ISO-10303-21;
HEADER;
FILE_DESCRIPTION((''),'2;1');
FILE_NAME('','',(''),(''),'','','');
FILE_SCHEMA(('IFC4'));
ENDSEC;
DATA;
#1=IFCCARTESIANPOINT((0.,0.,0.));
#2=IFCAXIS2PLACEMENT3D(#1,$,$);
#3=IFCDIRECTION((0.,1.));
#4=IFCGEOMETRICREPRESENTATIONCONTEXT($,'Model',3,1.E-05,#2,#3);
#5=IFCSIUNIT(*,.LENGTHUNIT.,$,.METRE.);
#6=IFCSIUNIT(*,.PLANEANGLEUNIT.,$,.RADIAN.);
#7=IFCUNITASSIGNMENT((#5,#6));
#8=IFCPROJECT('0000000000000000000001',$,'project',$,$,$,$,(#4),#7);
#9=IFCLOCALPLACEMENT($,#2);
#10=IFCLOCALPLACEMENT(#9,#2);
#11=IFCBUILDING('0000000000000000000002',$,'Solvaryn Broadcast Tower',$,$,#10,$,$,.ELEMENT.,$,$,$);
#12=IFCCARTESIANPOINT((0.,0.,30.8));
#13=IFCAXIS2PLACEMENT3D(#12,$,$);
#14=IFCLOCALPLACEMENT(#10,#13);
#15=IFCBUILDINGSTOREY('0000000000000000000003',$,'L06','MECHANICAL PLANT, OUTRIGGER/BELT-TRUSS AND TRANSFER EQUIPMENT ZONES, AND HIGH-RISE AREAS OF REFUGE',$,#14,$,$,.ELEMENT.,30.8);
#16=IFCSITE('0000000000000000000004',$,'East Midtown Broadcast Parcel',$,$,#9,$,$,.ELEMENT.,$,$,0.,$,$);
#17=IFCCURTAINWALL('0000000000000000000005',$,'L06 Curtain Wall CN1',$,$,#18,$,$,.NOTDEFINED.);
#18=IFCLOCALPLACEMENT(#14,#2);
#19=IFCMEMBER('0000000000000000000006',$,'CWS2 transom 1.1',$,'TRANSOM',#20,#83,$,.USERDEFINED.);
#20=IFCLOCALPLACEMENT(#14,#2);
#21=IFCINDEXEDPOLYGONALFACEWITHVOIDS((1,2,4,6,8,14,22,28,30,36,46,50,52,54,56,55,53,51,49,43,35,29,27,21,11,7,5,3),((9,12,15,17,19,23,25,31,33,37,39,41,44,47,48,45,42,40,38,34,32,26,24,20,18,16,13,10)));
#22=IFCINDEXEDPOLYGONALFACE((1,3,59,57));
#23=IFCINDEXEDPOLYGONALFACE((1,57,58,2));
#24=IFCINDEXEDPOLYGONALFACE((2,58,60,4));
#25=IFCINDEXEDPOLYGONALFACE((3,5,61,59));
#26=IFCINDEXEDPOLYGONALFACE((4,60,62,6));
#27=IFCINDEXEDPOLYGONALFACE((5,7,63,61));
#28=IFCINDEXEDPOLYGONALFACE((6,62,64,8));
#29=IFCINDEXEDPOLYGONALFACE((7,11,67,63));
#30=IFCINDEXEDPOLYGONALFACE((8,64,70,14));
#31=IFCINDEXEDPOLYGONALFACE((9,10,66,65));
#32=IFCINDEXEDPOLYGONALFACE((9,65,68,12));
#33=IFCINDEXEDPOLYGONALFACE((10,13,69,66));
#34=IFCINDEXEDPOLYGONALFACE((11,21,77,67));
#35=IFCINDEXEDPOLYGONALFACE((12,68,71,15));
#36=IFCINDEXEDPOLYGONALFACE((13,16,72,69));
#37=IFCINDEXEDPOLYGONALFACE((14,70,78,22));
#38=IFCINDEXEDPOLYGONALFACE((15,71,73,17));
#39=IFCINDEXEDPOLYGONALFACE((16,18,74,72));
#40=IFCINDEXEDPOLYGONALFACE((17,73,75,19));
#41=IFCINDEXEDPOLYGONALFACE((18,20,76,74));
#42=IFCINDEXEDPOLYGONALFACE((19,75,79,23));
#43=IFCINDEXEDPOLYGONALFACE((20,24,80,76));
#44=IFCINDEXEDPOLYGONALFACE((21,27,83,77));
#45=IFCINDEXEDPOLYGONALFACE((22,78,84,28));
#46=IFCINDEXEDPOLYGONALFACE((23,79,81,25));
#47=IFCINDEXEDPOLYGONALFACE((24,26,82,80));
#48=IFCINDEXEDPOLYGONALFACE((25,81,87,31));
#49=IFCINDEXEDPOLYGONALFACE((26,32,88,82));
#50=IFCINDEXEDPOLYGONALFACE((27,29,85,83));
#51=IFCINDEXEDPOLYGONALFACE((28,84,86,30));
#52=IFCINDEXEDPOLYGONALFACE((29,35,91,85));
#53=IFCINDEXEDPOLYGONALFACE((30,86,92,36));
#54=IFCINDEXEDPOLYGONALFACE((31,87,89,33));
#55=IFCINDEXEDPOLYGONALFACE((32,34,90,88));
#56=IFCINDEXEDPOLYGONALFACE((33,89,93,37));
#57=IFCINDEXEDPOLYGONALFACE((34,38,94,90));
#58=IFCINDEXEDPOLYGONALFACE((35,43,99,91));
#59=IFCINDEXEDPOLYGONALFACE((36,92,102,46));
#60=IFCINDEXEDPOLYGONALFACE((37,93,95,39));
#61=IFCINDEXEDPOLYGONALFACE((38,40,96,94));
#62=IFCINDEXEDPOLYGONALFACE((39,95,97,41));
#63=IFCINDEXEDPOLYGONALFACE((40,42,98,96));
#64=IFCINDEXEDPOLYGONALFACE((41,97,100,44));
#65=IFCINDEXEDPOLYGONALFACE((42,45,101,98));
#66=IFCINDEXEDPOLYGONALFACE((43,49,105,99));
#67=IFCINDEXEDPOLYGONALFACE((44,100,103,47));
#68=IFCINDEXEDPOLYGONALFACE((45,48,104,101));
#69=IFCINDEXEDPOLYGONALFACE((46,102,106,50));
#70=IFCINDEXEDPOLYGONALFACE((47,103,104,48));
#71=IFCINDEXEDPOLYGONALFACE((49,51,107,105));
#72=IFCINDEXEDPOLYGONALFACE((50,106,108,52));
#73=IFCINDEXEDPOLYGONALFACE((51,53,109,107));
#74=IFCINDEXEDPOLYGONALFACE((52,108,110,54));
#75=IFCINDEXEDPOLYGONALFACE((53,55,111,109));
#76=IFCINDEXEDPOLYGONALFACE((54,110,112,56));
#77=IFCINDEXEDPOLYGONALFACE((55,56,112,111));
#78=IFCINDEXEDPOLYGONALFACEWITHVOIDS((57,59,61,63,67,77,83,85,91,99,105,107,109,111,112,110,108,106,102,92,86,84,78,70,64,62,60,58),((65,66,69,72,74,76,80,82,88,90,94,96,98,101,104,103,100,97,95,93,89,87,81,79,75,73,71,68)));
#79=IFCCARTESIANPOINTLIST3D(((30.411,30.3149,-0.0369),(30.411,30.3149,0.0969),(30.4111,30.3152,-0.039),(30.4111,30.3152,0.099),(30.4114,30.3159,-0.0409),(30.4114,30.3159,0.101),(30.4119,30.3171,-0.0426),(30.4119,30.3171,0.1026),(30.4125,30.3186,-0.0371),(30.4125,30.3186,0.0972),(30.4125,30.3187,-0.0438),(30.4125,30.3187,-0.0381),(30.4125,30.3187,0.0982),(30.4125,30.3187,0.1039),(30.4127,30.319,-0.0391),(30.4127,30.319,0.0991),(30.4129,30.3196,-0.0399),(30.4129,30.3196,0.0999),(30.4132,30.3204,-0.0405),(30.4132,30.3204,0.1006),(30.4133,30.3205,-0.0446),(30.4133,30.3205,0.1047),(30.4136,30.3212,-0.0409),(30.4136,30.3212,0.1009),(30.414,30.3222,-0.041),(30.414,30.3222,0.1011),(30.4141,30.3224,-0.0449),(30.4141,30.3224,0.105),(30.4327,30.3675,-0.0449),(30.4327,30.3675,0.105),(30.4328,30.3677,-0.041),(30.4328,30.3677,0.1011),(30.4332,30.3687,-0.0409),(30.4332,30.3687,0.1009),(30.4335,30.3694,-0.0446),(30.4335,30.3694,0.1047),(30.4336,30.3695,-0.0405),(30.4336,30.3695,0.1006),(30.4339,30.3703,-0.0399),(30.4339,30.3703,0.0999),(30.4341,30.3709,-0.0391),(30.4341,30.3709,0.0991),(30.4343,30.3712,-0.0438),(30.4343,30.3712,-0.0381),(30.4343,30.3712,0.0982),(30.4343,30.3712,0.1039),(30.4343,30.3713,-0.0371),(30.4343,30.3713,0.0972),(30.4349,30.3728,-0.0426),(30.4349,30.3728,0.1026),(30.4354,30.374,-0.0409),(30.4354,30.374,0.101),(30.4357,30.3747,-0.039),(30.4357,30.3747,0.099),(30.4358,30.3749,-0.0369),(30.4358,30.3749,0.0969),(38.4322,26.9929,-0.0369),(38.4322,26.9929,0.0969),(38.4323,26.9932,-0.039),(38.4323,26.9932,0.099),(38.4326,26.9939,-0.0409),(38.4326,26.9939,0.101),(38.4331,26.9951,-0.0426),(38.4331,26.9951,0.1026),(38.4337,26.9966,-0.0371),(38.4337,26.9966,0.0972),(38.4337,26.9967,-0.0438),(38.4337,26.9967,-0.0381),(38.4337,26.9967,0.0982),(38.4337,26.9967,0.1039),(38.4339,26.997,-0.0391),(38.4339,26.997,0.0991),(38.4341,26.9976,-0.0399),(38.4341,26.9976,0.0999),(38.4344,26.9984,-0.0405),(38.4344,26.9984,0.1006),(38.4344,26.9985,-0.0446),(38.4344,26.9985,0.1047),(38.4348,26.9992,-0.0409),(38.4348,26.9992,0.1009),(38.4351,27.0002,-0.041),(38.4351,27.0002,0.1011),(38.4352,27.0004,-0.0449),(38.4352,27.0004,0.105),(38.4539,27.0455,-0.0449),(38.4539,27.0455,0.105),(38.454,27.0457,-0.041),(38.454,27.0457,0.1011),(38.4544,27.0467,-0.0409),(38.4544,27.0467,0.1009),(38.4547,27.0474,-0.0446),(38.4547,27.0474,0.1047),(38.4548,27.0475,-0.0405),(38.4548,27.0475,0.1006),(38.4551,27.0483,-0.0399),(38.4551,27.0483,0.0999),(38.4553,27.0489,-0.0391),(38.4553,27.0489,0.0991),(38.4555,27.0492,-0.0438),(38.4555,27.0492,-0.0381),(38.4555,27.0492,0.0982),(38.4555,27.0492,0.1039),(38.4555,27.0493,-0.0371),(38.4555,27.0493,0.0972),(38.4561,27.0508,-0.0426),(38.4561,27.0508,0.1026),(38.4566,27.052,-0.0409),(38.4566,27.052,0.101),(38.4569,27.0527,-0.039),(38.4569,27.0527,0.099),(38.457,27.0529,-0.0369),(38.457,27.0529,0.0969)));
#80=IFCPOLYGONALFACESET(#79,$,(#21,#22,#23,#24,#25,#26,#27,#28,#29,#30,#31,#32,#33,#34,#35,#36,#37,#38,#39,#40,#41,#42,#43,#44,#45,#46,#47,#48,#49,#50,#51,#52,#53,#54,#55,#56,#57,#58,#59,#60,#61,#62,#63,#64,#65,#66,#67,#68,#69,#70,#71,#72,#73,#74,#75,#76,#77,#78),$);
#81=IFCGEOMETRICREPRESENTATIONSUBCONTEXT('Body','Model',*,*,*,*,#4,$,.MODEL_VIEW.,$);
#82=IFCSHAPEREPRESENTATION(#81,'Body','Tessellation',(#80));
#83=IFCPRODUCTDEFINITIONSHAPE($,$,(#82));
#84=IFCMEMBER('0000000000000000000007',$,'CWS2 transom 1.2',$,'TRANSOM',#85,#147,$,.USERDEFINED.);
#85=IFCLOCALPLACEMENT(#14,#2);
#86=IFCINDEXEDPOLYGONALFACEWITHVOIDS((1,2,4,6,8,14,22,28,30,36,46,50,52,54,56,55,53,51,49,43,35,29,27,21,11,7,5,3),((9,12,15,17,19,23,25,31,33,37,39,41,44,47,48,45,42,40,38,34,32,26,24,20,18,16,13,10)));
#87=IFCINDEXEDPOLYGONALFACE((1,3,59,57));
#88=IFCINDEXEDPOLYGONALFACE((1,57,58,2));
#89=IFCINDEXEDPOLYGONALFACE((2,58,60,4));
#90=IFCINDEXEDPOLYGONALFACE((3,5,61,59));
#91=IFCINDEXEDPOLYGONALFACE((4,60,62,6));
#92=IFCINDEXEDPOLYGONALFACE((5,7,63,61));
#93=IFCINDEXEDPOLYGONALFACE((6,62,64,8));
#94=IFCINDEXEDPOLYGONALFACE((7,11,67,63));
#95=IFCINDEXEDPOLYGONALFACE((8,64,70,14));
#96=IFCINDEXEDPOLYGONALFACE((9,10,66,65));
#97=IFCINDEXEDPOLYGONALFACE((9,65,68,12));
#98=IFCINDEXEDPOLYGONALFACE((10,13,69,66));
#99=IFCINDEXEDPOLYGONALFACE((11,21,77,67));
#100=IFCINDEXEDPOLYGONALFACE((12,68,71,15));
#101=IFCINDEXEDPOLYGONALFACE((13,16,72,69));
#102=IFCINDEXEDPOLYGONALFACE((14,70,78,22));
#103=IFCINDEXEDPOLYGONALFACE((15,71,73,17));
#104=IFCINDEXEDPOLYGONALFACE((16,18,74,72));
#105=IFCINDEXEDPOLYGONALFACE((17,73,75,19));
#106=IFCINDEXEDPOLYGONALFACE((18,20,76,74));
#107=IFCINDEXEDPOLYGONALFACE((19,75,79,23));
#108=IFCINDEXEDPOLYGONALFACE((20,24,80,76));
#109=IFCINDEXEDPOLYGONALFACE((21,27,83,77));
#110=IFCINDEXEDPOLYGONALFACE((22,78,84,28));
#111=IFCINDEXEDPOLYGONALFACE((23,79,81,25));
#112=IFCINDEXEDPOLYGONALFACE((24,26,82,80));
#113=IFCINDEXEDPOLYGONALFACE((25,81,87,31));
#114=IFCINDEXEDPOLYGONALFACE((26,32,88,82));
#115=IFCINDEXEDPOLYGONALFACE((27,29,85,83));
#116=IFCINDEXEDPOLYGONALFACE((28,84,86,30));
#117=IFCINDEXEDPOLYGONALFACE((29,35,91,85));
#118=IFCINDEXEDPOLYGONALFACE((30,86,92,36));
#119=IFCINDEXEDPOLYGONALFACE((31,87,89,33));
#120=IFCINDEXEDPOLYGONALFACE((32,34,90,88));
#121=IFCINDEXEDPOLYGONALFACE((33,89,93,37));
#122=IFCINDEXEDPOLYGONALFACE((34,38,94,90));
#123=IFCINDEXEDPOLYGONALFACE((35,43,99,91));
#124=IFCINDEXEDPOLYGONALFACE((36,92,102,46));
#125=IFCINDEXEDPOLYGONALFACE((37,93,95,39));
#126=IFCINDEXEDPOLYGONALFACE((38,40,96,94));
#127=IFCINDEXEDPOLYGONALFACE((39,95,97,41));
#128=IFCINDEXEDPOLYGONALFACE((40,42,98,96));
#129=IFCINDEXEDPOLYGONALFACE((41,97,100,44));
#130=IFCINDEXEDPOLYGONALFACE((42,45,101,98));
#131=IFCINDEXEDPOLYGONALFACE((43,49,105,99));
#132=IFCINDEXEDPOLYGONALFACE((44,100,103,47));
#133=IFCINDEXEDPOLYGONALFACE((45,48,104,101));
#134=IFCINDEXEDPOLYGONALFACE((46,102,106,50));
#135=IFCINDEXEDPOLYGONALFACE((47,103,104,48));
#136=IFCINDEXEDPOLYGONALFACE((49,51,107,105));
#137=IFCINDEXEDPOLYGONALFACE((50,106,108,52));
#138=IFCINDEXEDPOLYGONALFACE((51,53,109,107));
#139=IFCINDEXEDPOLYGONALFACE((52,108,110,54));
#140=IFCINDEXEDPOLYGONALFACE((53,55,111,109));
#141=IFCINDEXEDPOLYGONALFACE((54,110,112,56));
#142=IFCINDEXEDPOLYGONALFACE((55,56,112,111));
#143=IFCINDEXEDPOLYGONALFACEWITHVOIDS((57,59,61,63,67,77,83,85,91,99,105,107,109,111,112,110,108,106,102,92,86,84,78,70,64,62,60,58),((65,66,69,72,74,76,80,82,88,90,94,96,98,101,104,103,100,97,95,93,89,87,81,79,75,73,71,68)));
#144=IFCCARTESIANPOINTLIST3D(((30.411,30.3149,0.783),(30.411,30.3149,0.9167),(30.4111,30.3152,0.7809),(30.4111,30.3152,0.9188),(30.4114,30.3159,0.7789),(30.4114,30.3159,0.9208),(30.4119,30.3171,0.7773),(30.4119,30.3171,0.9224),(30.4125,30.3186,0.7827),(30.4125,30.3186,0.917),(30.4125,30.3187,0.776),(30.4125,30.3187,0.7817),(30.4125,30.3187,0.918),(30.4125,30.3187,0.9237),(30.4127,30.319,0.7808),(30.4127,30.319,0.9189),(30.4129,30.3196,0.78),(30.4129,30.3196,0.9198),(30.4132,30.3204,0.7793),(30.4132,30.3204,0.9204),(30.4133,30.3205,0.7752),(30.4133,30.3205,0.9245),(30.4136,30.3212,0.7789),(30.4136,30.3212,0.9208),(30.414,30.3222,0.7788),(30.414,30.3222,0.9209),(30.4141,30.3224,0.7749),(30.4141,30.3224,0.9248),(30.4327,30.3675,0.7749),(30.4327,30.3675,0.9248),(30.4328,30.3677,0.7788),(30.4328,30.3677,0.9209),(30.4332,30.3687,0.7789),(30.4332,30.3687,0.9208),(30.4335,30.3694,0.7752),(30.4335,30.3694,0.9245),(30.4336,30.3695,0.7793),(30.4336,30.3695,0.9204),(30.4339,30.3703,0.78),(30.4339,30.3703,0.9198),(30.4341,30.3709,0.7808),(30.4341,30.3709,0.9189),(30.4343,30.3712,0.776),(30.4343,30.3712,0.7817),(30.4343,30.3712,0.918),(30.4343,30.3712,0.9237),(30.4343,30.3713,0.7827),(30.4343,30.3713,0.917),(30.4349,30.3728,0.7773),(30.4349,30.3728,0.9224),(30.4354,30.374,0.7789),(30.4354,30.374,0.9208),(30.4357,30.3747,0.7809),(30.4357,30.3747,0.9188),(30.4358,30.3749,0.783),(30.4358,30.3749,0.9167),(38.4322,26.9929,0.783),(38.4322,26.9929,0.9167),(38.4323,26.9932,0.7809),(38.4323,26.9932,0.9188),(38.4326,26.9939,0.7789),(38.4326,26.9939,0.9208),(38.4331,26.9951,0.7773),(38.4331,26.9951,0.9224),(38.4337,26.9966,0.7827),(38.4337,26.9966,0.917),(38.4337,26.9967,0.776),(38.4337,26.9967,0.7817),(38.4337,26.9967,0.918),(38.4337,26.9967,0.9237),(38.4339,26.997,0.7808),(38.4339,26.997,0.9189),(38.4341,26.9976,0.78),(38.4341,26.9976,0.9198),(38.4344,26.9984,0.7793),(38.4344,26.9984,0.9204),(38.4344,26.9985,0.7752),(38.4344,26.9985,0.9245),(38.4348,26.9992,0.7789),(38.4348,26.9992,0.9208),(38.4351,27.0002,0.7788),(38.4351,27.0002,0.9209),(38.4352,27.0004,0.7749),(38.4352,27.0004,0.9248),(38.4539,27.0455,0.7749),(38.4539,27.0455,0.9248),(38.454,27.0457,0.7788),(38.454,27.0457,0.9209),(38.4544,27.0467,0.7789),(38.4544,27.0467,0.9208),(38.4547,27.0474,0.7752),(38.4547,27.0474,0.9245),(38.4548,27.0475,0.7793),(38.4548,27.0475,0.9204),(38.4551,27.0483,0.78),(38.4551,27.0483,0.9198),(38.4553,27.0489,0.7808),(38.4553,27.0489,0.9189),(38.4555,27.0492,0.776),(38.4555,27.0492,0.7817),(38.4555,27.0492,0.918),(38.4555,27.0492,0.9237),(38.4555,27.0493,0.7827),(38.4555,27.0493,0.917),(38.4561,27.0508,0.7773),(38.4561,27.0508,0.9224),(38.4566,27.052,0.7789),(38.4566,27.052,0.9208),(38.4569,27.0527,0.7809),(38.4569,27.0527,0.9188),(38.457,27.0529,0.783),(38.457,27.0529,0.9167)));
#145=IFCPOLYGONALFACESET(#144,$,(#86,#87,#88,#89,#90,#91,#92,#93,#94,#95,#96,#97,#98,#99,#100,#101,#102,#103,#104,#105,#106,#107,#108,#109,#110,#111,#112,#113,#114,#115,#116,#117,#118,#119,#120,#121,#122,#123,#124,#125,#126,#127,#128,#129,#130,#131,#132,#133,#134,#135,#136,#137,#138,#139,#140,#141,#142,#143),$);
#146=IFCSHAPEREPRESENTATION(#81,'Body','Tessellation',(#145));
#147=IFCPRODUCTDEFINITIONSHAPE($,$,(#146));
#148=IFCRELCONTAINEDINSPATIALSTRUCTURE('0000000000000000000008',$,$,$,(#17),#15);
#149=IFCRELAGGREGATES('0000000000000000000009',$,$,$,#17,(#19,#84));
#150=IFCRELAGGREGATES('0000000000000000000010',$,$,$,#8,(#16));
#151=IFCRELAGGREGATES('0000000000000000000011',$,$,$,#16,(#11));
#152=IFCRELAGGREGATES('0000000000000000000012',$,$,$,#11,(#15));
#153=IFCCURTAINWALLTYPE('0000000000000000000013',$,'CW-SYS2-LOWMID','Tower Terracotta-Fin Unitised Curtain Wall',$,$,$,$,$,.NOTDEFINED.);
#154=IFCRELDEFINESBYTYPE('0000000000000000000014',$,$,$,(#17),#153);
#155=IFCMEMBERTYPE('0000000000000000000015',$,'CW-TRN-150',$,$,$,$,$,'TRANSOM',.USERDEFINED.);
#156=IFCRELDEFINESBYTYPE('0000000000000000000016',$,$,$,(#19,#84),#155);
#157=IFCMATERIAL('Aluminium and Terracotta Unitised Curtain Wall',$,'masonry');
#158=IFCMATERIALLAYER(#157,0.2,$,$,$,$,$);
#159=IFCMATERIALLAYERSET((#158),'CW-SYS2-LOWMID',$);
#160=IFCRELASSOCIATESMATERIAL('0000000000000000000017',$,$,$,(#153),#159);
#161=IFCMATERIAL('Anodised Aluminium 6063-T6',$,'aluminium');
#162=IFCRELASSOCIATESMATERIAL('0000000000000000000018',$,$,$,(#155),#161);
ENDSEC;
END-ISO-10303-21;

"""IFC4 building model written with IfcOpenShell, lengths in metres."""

from ifc_helpers import new_model, si_unit, direction, frame, origin, origin_2d, place, context, subcontext, project, spatial, hollow_rectangle, extrude, material, layer, layer_set, material_profile, profile_set, type_object, element, aggregate, save


model = new_model("IFC4")

# Units and contexts
model_context = context("Model", 3, precision=1e-05, world=origin(), true_north=direction((0.0, 1.0)))
body_context = subcontext(model_context, "Body", "Model", "MODEL_VIEW")
ifc_project = project(units=[si_unit("LENGTHUNIT", "METRE"), si_unit("PLANEANGLEUNIT", "RADIAN")], contexts=[model_context])

# Site, building, storey
site_placement = place(None, origin())
site = spatial("IfcSite", under=ifc_project, at=site_placement, Name="East Midtown Broadcast Parcel", CompositionType="ELEMENT", RefElevation=0.0)
building_placement = place(site_placement, origin())
building = spatial("IfcBuilding", under=site, at=building_placement, Name="Solvaryn Broadcast Tower", CompositionType="ELEMENT")
storey_placement = place(building_placement, frame((0.0, 0.0, 30.8)))
storey = spatial("IfcBuildingStorey", under=building, at=storey_placement, Name="L06", Description="MECHANICAL PLANT, OUTRIGGER/BELT-TRUSS AND TRANSFER EQUIPMENT ZONES, AND HIGH-RISE AREAS OF REFUGE", CompositionType="ELEMENT", Elevation=30.8)

# Curtain wall
ifc_material_1 = material(Name="Aluminium and Terracotta Unitised Curtain Wall", Category="masonry")
ifc_layer_1 = layer(ifc_material_1, 0.2)
ifc_layer_set_1 = layer_set([ifc_layer_1], Name="CW-SYS2-LOWMID")
curtain_wall_type = type_object("IfcCurtainWallType", Name="CW-SYS2-LOWMID", Description="Tower Terracotta-Fin Unitised Curtain Wall", PredefinedType="NOTDEFINED", material=ifc_layer_set_1)
curtain_wall_1_placement = place(storey_placement, origin())
curtain_wall_1 = element("IfcCurtainWall", 1, at=curtain_wall_1_placement, inside=storey, type_object=curtain_wall_type, Name="L06 Curtain Wall CN1", PredefinedType="NOTDEFINED")

# Members
ifc_material_2 = material(Name="Anodised Aluminium 6063-T6", Category="aluminium")
ifc_material_profile_1 = material_profile(ifc_material_2, hollow_rectangle(XDim=0.0649, YDim=0.1499, WallThickness=0.0039, InnerFilletRadius=0.0039, OuterFilletRadius=0.0081, at=origin_2d()))
ifc_profile_set_1 = profile_set([ifc_material_profile_1], Name="Anodised Aluminium 6063-T6")
member_type_1 = type_object("IfcMemberType", Name="CW-TRN-150", ElementType="TRANSOM", PredefinedType="USERDEFINED", material=ifc_profile_set_1)
member_1_placement = place(storey_placement, frame((38.4446, 27.0229, 0.03), z_axis=(-0.923899, 0.382636, 0.0), x_axis=(-0.382636, -0.923899, 0.0)))
member_1 = element("IfcMember", 2, at=member_1_placement, type_object=member_type_1, Name="CWS2 transom 1.1", ObjectType="TRANSOM", PredefinedType="USERDEFINED", context=body_context, shape_type="SweptSolid", body=[
    extrude(hollow_rectangle(XDim=0.0649, YDim=0.1499, WallThickness=0.0039, InnerFilletRadius=0.0039, OuterFilletRadius=0.0081, at=origin_2d()), origin(), (0.0, 0.0, 1.0), 8.6819),
])
member_2_placement = place(storey_placement, frame((38.4446, 27.0229, 0.8499), z_axis=(-0.923899, 0.382636, 0.0), x_axis=(-0.382636, -0.923899, 0.0)))
member_2 = element("IfcMember", 3, at=member_2_placement, type_object=member_type_1, Name="CWS2 transom 1.2", ObjectType="TRANSOM", PredefinedType="USERDEFINED", context=body_context, shape_type="SweptSolid", body=[
    extrude(hollow_rectangle(XDim=0.0649, YDim=0.1499, WallThickness=0.0039, InnerFilletRadius=0.0039, OuterFilletRadius=0.0081, at=origin_2d()), origin(), (0.0, 0.0, 1.0), 8.6819),
])
aggregate(curtain_wall_1, [member_1, member_2])

save(model, "model.ifc")
